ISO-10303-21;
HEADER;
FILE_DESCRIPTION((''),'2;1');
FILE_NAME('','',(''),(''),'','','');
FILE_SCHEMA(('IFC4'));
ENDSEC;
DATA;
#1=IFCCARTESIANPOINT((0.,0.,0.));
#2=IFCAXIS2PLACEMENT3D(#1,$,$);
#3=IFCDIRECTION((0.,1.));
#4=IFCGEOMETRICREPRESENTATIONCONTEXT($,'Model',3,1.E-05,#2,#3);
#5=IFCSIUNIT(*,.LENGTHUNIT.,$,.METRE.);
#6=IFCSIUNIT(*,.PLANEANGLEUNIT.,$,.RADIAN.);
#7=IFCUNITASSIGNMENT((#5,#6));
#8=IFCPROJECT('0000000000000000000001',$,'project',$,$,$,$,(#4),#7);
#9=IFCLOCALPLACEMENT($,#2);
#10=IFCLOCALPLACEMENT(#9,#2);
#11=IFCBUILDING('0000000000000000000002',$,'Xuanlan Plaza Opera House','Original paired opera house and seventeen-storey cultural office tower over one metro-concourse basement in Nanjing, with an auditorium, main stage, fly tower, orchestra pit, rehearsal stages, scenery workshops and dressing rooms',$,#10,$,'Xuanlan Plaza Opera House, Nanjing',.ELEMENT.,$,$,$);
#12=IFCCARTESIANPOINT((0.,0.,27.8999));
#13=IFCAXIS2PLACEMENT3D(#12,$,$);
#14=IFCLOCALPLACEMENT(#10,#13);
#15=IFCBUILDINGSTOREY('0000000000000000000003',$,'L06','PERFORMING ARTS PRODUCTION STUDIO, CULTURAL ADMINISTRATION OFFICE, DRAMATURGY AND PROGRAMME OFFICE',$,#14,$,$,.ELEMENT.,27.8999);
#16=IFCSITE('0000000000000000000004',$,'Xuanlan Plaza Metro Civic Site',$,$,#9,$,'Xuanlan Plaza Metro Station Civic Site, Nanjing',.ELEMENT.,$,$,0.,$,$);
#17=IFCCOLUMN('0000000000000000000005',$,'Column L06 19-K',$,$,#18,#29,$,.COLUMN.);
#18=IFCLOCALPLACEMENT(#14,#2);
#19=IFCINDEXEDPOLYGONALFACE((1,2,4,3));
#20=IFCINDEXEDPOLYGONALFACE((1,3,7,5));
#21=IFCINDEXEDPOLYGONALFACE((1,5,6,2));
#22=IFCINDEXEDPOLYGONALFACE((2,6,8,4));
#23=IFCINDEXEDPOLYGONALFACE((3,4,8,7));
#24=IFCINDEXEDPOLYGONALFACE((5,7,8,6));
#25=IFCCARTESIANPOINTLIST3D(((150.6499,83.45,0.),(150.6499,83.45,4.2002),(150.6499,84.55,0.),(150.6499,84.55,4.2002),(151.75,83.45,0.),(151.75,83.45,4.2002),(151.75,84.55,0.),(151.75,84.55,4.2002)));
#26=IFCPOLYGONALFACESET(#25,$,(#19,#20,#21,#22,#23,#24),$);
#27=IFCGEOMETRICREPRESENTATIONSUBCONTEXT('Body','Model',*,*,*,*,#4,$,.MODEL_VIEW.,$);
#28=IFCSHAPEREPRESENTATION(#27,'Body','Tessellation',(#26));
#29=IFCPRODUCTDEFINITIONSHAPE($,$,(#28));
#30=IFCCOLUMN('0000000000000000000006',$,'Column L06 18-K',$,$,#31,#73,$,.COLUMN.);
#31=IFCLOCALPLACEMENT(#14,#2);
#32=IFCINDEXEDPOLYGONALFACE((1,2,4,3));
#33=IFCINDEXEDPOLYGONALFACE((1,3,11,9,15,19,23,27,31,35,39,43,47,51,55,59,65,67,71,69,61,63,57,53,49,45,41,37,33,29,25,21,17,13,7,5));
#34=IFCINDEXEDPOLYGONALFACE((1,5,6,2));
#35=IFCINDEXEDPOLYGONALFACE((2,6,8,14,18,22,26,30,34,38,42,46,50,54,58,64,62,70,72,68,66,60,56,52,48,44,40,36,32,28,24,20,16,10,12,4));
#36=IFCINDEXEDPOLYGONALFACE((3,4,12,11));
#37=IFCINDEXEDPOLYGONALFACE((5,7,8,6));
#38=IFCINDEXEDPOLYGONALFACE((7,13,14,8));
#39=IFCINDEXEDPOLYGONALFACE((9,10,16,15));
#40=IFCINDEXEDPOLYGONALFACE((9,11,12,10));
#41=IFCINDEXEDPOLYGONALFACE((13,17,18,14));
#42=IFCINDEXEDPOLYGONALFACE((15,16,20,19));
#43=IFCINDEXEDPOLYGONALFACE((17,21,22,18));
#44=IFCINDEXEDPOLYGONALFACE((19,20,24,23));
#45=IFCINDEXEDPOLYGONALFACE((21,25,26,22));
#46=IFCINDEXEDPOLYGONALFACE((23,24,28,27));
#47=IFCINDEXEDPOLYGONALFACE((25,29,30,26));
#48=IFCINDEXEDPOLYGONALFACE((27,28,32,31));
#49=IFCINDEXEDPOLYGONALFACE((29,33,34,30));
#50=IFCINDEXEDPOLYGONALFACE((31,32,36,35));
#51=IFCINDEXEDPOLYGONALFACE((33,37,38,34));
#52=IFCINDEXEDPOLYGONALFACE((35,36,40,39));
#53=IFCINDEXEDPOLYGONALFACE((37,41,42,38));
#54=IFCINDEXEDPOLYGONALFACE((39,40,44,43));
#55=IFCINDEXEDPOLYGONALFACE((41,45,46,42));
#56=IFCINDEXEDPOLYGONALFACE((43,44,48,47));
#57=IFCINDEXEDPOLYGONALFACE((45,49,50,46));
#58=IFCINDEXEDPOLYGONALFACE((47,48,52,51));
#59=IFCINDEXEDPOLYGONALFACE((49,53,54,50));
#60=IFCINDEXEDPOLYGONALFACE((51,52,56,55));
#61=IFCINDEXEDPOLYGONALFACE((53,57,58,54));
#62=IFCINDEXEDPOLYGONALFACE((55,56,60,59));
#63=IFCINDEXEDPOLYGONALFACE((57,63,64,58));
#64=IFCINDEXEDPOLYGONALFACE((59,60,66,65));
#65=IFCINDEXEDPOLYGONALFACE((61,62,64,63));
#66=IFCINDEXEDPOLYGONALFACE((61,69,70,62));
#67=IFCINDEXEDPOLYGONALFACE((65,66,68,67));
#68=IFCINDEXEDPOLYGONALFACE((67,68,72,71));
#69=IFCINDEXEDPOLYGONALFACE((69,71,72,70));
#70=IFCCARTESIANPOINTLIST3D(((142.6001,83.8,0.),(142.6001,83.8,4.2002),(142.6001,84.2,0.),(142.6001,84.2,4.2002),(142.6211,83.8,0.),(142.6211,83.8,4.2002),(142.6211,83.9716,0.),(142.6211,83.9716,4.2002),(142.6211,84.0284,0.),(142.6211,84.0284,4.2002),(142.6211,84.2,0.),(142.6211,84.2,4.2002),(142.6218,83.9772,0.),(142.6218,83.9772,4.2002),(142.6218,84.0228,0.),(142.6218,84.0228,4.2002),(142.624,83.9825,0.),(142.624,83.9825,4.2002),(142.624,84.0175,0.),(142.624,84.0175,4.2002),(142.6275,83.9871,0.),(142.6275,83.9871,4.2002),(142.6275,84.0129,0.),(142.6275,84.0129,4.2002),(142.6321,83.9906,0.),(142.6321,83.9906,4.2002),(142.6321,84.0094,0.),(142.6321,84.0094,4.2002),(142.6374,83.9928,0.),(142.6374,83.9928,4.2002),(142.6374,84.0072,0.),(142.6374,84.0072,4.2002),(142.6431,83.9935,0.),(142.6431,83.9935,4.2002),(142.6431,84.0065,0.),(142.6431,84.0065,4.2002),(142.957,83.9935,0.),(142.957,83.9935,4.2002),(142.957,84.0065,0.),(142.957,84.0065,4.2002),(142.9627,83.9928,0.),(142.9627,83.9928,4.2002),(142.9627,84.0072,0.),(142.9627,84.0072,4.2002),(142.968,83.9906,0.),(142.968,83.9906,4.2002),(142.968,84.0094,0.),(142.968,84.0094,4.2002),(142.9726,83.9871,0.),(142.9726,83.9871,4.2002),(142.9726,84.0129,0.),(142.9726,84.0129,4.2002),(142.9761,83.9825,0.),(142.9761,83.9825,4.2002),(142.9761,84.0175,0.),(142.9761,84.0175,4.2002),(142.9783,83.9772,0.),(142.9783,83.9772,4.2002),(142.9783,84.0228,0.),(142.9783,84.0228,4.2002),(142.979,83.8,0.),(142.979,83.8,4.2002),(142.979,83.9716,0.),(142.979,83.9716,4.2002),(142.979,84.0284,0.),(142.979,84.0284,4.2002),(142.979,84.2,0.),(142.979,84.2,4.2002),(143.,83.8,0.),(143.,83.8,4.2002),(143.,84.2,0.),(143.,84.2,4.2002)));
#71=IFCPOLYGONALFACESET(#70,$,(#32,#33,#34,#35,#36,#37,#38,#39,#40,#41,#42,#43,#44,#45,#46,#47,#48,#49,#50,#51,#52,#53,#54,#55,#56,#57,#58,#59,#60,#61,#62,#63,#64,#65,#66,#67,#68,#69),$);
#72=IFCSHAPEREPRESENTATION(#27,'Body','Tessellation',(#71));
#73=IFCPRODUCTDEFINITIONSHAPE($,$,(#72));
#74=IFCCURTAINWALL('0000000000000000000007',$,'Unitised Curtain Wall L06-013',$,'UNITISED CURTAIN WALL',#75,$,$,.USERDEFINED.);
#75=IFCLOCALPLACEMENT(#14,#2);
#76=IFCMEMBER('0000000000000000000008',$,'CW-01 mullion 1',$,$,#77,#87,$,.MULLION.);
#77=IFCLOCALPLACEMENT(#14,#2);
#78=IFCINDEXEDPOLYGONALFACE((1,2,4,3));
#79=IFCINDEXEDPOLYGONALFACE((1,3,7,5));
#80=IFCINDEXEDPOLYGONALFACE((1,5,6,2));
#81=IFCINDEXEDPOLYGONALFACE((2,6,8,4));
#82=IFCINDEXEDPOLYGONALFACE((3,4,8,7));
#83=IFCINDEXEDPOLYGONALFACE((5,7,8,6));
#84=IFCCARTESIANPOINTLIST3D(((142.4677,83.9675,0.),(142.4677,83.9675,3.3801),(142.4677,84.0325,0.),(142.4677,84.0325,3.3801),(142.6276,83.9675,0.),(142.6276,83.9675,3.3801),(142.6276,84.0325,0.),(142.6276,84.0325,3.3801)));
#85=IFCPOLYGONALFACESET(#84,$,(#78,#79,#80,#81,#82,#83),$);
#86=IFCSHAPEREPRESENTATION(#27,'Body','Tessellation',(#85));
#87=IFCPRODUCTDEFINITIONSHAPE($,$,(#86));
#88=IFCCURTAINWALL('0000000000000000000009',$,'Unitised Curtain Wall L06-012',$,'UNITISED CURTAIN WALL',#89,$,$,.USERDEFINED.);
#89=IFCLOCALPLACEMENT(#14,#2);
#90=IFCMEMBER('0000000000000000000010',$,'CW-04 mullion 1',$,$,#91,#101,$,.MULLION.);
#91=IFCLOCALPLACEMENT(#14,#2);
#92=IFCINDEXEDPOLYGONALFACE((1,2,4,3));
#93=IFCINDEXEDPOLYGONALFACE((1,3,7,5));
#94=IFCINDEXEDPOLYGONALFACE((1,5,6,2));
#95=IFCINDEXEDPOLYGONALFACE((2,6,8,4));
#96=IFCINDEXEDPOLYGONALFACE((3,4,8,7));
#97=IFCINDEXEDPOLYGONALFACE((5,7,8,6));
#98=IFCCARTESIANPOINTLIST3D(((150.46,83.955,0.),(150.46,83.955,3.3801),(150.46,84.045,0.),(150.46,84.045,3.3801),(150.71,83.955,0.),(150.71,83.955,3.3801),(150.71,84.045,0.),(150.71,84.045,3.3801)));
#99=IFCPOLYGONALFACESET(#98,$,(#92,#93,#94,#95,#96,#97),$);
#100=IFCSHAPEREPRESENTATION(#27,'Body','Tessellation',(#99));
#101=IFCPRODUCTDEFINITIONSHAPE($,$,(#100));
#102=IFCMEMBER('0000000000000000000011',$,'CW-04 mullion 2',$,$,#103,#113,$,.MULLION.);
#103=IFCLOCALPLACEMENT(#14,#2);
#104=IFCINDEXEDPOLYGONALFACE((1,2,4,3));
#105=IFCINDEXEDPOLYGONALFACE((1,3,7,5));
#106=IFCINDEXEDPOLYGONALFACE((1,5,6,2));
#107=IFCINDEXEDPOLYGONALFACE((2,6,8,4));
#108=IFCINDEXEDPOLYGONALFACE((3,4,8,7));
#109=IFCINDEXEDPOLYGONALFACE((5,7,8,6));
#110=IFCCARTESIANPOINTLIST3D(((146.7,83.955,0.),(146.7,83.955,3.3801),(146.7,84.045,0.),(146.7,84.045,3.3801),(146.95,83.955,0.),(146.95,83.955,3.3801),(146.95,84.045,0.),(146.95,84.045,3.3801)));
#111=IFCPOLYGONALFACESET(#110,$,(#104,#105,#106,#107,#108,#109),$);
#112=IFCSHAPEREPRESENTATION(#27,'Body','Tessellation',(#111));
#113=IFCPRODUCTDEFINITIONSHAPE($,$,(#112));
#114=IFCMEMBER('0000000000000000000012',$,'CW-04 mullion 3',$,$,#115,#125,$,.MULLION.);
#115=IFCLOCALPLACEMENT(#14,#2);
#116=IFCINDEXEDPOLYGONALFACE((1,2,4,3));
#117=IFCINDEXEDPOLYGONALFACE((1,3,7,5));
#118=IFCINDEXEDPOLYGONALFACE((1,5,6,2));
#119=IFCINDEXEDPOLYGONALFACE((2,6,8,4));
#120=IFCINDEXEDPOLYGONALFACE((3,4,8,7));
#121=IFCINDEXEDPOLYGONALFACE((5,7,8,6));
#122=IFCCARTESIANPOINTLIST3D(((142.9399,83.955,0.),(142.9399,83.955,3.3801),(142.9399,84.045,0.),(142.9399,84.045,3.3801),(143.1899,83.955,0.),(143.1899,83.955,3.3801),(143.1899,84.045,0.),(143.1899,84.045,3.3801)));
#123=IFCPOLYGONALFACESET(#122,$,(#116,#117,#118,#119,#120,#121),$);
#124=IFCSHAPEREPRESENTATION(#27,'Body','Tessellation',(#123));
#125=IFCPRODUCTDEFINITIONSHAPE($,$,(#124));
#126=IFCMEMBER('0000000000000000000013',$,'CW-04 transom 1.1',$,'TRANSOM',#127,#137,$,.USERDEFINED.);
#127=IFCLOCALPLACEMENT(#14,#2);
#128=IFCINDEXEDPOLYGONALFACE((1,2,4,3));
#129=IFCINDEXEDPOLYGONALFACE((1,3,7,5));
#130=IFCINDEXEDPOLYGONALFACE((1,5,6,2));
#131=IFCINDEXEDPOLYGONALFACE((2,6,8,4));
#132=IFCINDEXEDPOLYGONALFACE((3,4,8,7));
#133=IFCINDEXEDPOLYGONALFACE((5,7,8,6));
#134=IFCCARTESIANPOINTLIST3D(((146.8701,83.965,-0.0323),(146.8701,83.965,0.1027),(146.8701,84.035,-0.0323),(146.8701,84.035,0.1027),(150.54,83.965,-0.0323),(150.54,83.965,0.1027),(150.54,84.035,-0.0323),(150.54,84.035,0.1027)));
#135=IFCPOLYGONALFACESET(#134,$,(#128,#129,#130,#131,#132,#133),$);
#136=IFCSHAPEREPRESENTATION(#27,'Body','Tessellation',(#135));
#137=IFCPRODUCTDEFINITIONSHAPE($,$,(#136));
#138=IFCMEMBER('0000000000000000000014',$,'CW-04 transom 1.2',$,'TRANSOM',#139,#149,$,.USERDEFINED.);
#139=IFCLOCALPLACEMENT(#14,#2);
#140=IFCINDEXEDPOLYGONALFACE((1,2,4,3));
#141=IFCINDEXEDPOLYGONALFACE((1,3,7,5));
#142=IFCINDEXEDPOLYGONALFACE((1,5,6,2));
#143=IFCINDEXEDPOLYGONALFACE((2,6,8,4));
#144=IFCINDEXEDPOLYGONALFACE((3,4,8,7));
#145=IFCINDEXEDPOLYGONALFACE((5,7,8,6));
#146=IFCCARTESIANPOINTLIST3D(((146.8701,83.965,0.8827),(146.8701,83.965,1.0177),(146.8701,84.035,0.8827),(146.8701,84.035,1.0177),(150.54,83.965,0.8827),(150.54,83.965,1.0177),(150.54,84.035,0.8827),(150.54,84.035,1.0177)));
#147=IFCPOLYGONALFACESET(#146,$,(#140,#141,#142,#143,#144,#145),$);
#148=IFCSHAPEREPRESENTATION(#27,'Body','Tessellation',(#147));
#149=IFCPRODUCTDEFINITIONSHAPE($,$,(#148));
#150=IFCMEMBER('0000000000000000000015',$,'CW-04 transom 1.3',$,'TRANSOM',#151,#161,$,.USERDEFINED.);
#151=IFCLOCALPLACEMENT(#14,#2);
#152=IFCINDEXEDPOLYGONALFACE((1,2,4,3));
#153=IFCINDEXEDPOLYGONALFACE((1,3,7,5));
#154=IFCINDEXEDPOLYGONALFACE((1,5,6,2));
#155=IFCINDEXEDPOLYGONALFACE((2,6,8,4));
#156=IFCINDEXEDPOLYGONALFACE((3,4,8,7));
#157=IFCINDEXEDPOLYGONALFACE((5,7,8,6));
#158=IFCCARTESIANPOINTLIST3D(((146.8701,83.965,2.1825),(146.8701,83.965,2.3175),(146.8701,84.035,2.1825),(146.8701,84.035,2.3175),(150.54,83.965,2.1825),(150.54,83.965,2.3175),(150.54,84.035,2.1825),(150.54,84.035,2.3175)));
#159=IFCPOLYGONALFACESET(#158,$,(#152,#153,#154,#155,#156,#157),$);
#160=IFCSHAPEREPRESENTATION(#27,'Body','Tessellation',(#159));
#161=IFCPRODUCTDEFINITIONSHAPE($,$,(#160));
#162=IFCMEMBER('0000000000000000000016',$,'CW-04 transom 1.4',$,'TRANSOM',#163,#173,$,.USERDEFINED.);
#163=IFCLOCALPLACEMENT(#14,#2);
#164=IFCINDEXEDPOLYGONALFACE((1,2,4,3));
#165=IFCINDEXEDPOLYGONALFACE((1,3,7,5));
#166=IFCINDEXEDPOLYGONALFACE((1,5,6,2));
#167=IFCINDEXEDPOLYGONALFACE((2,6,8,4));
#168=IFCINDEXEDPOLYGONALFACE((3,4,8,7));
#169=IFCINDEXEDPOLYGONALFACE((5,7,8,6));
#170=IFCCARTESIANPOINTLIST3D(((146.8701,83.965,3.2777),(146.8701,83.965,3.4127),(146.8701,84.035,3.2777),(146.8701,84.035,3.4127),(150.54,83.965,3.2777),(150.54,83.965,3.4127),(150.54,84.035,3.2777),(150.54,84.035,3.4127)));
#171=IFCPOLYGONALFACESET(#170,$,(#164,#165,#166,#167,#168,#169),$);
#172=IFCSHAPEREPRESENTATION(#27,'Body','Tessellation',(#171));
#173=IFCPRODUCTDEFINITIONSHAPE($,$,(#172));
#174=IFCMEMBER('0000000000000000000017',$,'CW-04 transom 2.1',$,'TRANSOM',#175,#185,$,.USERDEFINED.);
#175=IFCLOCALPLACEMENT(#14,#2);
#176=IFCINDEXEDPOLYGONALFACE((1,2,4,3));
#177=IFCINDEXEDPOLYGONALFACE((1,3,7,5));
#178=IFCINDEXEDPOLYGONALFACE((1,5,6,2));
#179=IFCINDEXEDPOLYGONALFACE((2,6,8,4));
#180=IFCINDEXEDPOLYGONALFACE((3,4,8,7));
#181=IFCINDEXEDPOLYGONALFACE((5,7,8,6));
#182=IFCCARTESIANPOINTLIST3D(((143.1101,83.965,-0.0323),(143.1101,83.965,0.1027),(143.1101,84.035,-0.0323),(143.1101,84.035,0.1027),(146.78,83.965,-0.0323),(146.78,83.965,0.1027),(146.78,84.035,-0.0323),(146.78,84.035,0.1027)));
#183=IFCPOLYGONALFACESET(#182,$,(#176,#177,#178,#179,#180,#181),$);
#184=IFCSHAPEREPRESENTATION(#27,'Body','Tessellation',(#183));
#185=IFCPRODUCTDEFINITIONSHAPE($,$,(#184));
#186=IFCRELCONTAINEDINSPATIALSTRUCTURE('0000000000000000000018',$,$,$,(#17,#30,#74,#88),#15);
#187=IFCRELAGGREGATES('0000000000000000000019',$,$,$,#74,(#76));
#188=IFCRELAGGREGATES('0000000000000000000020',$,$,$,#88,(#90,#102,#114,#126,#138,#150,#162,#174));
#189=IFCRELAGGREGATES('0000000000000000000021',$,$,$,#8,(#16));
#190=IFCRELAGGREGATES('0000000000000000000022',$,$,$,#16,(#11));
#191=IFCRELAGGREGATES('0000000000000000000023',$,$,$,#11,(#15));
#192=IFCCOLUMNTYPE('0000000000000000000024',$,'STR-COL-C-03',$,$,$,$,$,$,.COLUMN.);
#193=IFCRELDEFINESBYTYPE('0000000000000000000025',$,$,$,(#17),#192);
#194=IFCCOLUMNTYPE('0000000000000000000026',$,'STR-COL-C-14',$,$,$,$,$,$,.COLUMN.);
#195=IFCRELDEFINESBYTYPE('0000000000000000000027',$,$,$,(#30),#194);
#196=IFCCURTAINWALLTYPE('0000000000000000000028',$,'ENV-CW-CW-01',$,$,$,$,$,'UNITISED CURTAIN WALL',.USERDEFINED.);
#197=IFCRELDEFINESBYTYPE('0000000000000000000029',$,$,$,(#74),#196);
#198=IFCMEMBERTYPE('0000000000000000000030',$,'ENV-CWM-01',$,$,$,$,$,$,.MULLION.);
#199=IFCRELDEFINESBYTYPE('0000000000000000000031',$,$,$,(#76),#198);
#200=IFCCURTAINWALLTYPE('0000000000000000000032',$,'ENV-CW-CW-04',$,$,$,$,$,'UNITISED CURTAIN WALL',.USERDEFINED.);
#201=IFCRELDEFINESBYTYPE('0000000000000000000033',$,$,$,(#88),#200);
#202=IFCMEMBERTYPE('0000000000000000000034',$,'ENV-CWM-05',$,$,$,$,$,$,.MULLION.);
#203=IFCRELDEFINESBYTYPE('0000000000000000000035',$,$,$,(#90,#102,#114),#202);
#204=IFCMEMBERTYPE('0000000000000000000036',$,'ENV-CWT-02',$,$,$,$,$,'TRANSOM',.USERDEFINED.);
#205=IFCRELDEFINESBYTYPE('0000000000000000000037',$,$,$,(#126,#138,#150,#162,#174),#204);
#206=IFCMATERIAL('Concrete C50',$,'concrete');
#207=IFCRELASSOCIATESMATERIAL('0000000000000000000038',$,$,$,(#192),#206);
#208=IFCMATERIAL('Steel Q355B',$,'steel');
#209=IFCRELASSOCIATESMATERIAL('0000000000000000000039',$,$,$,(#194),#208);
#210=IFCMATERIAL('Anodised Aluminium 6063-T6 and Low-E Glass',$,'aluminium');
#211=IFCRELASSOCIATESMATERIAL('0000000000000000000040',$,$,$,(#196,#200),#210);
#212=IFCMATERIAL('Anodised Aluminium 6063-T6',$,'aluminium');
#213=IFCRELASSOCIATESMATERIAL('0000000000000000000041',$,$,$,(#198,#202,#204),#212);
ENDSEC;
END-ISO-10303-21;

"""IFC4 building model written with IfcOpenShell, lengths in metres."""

from ifc_helpers import new_model, si_unit, direction, frame, origin, origin_2d, place, context, subcontext, project, spatial, rectangle, i_section, extrude, material, material_profile, profile_set, type_object, element, aggregate, save


model = new_model("IFC4")

# Units and contexts
model_context = context("Model", 3, precision=1e-05, world=origin(), true_north=direction((0.0, 1.0)))
body_context = subcontext(model_context, "Body", "Model", "MODEL_VIEW")
ifc_project = project(units=[si_unit("LENGTHUNIT", "METRE"), si_unit("PLANEANGLEUNIT", "RADIAN")], contexts=[model_context])

# Site, building, storey
site_placement = place(None, origin())
site = spatial("IfcSite", under=ifc_project, at=site_placement, Name="Xuanlan Plaza Metro Civic Site", LongName="Xuanlan Plaza Metro Station Civic Site, Nanjing", CompositionType="ELEMENT", RefElevation=0.0)
building_placement = place(site_placement, origin())
building = spatial("IfcBuilding", under=site, at=building_placement, Name="Xuanlan Plaza Opera House", Description="Original paired opera house and seventeen-storey cultural office tower over one metro-concourse basement in Nanjing, with an auditorium, main stage, fly tower, orchestra pit, rehearsal stages, scenery workshops and dressing rooms", LongName="Xuanlan Plaza Opera House, Nanjing", CompositionType="ELEMENT")
storey_placement = place(building_placement, frame((0.0, 0.0, 27.8999)))
storey = spatial("IfcBuildingStorey", under=building, at=storey_placement, Name="L06", Description="PERFORMING ARTS PRODUCTION STUDIO, CULTURAL ADMINISTRATION OFFICE, DRAMATURGY AND PROGRAMME OFFICE", CompositionType="ELEMENT", Elevation=27.8999)

# Columns
ifc_material_1 = material(Name="Concrete C50", Category="concrete")
ifc_material_profile_1 = material_profile(ifc_material_1, rectangle(XDim=1.1001, YDim=1.1001, at=origin_2d()), Name="RC-COL 1100x1100")
ifc_profile_set_1 = profile_set([ifc_material_profile_1], Name="Concrete C50")
column_type_1 = type_object("IfcColumnType", Name="STR-COL-C-03", PredefinedType="COLUMN", material=ifc_profile_set_1)
column_1_placement = place(storey_placement, frame((151.2, 84.0, 0.0), z_axis=(0.0, 0.0, 1.0), x_axis=(1.0, 0.0, 0.0)))
element("IfcColumn", 1, at=column_1_placement, inside=storey, type_object=column_type_1, Name="Column L06 19-K", PredefinedType="COLUMN", context=body_context, shape_type="SweptSolid", body=[
    extrude(rectangle(XDim=1.1001, YDim=1.1001, at=origin_2d()), origin(), (0.0, 0.0, 1.0), 4.2002),
])
ifc_material_2 = material(Name="Steel Q355B", Category="steel")
ifc_material_profile_2 = material_profile(ifc_material_2, i_section(OverallWidth=0.3999, OverallDepth=0.3999, WebThickness=0.0129, FlangeThickness=0.021, FilletRadius=0.022, at=origin_2d()), Name="HW 400x400x13x21")
ifc_profile_set_2 = profile_set([ifc_material_profile_2], Name="Steel Q355B")
column_type_2 = type_object("IfcColumnType", Name="STR-COL-C-14", PredefinedType="COLUMN", material=ifc_profile_set_2)
column_2_placement = place(storey_placement, frame((142.8, 84.0, 0.0), z_axis=(0.0, 0.0, 1.0), x_axis=(0.0, 1.0, 0.0)))
element("IfcColumn", 2, at=column_2_placement, inside=storey, type_object=column_type_2, Name="Column L06 18-K", PredefinedType="COLUMN", context=body_context, shape_type="SweptSolid", body=[
    extrude(i_section(OverallWidth=0.3999, OverallDepth=0.3999, WebThickness=0.0129, FlangeThickness=0.021, FilletRadius=0.022, at=origin_2d()), origin(), (0.0, 0.0, 1.0), 4.2002),
])

# Curtain wall, member
ifc_material_3 = material(Name="Anodised Aluminium 6063-T6 and Low-E Glass", Category="aluminium")
curtain_wall_type_1 = type_object("IfcCurtainWallType", Name="ENV-CW-CW-01", ElementType="UNITISED CURTAIN WALL", PredefinedType="USERDEFINED", material=ifc_material_3)
curtain_wall_1_placement = place(storey_placement, origin())
curtain_wall_1 = element("IfcCurtainWall", 3, at=curtain_wall_1_placement, inside=storey, type_object=curtain_wall_type_1, Name="Unitised Curtain Wall L06-013", ObjectType="UNITISED CURTAIN WALL", PredefinedType="USERDEFINED")
ifc_material_4 = material(Name="Anodised Aluminium 6063-T6", Category="aluminium")
ifc_material_profile_3 = material_profile(ifc_material_4, rectangle(XDim=0.0649, YDim=0.1599, at=origin_2d()), Name="ALU-M 65x160")
ifc_profile_set_3 = profile_set([ifc_material_profile_3], Name="Anodised Aluminium 6063-T6")
member_type_1 = type_object("IfcMemberType", Name="ENV-CWM-01", PredefinedType="MULLION", material=ifc_profile_set_3)
member_1_placement = place(storey_placement, frame((142.5476, 84.0, 0.0), z_axis=(0.0, 0.0, 1.0), x_axis=(0.0, -1.0, 0.0)))
member_1 = element("IfcMember", 4, at=member_1_placement, type_object=member_type_1, Name="CW-01 mullion 1", PredefinedType="MULLION", context=body_context, shape_type="SweptSolid", body=[
    extrude(rectangle(XDim=0.0649, YDim=0.1599, at=origin_2d()), origin(), (0.0, 0.0, 1.0), 3.3801),
])

# Curtain wall, members
curtain_wall_type_2 = type_object("IfcCurtainWallType", Name="ENV-CW-CW-04", ElementType="UNITISED CURTAIN WALL", PredefinedType="USERDEFINED", material=ifc_material_3)
curtain_wall_2_placement = place(storey_placement, origin())
curtain_wall_2 = element("IfcCurtainWall", 5, at=curtain_wall_2_placement, inside=storey, type_object=curtain_wall_type_2, Name="Unitised Curtain Wall L06-012", ObjectType="UNITISED CURTAIN WALL", PredefinedType="USERDEFINED")
ifc_material_profile_4 = material_profile(ifc_material_4, rectangle(XDim=0.0901, YDim=0.25, at=origin_2d()), Name="ALU-M 90x250")
ifc_profile_set_4 = profile_set([ifc_material_profile_4], Name="Anodised Aluminium 6063-T6")
member_type_2 = type_object("IfcMemberType", Name="ENV-CWM-05", PredefinedType="MULLION", material=ifc_profile_set_4)
member_2_placement = place(storey_placement, frame((150.585, 84.0, 0.0), z_axis=(0.0, 0.0, 1.0), x_axis=(0.0, -1.0, 0.0)))
member_2 = element("IfcMember", 6, at=member_2_placement, type_object=member_type_2, Name="CW-04 mullion 1", PredefinedType="MULLION", context=body_context, shape_type="SweptSolid", body=[
    extrude(rectangle(XDim=0.0901, YDim=0.25, at=origin_2d()), origin(), (0.0, 0.0, 1.0), 3.3801),
])
member_3_placement = place(storey_placement, frame((146.825, 84.0, 0.0), z_axis=(0.0, 0.0, 1.0), x_axis=(0.0, -1.0, 0.0)))
member_3 = element("IfcMember", 7, at=member_3_placement, type_object=member_type_2, Name="CW-04 mullion 2", PredefinedType="MULLION", context=body_context, shape_type="SweptSolid", body=[
    extrude(rectangle(XDim=0.0901, YDim=0.25, at=origin_2d()), origin(), (0.0, 0.0, 1.0), 3.3801),
])
member_4_placement = place(storey_placement, frame((143.0649, 84.0, 0.0), z_axis=(0.0, 0.0, 1.0), x_axis=(0.0, -1.0, 0.0)))
member_4 = element("IfcMember", 8, at=member_4_placement, type_object=member_type_2, Name="CW-04 mullion 3", PredefinedType="MULLION", context=body_context, shape_type="SweptSolid", body=[
    extrude(rectangle(XDim=0.0901, YDim=0.25, at=origin_2d()), origin(), (0.0, 0.0, 1.0), 3.3801),
])
ifc_material_profile_5 = material_profile(ifc_material_4, rectangle(XDim=0.0701, YDim=0.135, at=origin_2d()), Name="ALU-T 70x135")
ifc_profile_set_5 = profile_set([ifc_material_profile_5], Name="Anodised Aluminium 6063-T6")
member_type_3 = type_object("IfcMemberType", Name="ENV-CWT-02", ElementType="TRANSOM", PredefinedType="USERDEFINED", material=ifc_profile_set_5)
member_5_placement = place(storey_placement, frame((150.54, 84.0, 0.0352), z_axis=(-1.0, 0.0, 0.0), x_axis=(0.0, -1.0, 0.0)))
member_5 = element("IfcMember", 9, at=member_5_placement, type_object=member_type_3, Name="CW-04 transom 1.1", ObjectType="TRANSOM", PredefinedType="USERDEFINED", context=body_context, shape_type="SweptSolid", body=[
    extrude(rectangle(XDim=0.0701, YDim=0.135, at=origin_2d()), origin(), (0.0, 0.0, 1.0), 3.6699),
])
member_6_placement = place(storey_placement, frame((150.54, 84.0, 0.9502), z_axis=(-1.0, 0.0, 0.0), x_axis=(0.0, -1.0, 0.0)))
member_6 = element("IfcMember", 10, at=member_6_placement, type_object=member_type_3, Name="CW-04 transom 1.2", ObjectType="TRANSOM", PredefinedType="USERDEFINED", context=body_context, shape_type="SweptSolid", body=[
    extrude(rectangle(XDim=0.0701, YDim=0.135, at=origin_2d()), origin(), (0.0, 0.0, 1.0), 3.6699),
])
member_7_placement = place(storey_placement, frame((150.54, 84.0, 2.25), z_axis=(-1.0, 0.0, 0.0), x_axis=(0.0, -1.0, 0.0)))
member_7 = element("IfcMember", 11, at=member_7_placement, type_object=member_type_3, Name="CW-04 transom 1.3", ObjectType="TRANSOM", PredefinedType="USERDEFINED", context=body_context, shape_type="SweptSolid", body=[
    extrude(rectangle(XDim=0.0701, YDim=0.135, at=origin_2d()), origin(), (0.0, 0.0, 1.0), 3.6699),
])
member_8_placement = place(storey_placement, frame((150.54, 84.0, 3.3452), z_axis=(-1.0, 0.0, 0.0), x_axis=(0.0, -1.0, 0.0)))
member_8 = element("IfcMember", 12, at=member_8_placement, type_object=member_type_3, Name="CW-04 transom 1.4", ObjectType="TRANSOM", PredefinedType="USERDEFINED", context=body_context, shape_type="SweptSolid", body=[
    extrude(rectangle(XDim=0.0701, YDim=0.135, at=origin_2d()), origin(), (0.0, 0.0, 1.0), 3.6699),
])
member_9_placement = place(storey_placement, frame((146.78, 84.0, 0.0352), z_axis=(-1.0, 0.0, 0.0), x_axis=(0.0, -1.0, 0.0)))
member_9 = element("IfcMember", 13, at=member_9_placement, type_object=member_type_3, Name="CW-04 transom 2.1", ObjectType="TRANSOM", PredefinedType="USERDEFINED", context=body_context, shape_type="SweptSolid", body=[
    extrude(rectangle(XDim=0.0701, YDim=0.135, at=origin_2d()), origin(), (0.0, 0.0, 1.0), 3.6699),
])

aggregate(curtain_wall_1, [member_1])

aggregate(curtain_wall_2, [member_2, member_3, member_4, member_5, member_6, member_7, member_8, member_9])

save(model, "model.ifc")
